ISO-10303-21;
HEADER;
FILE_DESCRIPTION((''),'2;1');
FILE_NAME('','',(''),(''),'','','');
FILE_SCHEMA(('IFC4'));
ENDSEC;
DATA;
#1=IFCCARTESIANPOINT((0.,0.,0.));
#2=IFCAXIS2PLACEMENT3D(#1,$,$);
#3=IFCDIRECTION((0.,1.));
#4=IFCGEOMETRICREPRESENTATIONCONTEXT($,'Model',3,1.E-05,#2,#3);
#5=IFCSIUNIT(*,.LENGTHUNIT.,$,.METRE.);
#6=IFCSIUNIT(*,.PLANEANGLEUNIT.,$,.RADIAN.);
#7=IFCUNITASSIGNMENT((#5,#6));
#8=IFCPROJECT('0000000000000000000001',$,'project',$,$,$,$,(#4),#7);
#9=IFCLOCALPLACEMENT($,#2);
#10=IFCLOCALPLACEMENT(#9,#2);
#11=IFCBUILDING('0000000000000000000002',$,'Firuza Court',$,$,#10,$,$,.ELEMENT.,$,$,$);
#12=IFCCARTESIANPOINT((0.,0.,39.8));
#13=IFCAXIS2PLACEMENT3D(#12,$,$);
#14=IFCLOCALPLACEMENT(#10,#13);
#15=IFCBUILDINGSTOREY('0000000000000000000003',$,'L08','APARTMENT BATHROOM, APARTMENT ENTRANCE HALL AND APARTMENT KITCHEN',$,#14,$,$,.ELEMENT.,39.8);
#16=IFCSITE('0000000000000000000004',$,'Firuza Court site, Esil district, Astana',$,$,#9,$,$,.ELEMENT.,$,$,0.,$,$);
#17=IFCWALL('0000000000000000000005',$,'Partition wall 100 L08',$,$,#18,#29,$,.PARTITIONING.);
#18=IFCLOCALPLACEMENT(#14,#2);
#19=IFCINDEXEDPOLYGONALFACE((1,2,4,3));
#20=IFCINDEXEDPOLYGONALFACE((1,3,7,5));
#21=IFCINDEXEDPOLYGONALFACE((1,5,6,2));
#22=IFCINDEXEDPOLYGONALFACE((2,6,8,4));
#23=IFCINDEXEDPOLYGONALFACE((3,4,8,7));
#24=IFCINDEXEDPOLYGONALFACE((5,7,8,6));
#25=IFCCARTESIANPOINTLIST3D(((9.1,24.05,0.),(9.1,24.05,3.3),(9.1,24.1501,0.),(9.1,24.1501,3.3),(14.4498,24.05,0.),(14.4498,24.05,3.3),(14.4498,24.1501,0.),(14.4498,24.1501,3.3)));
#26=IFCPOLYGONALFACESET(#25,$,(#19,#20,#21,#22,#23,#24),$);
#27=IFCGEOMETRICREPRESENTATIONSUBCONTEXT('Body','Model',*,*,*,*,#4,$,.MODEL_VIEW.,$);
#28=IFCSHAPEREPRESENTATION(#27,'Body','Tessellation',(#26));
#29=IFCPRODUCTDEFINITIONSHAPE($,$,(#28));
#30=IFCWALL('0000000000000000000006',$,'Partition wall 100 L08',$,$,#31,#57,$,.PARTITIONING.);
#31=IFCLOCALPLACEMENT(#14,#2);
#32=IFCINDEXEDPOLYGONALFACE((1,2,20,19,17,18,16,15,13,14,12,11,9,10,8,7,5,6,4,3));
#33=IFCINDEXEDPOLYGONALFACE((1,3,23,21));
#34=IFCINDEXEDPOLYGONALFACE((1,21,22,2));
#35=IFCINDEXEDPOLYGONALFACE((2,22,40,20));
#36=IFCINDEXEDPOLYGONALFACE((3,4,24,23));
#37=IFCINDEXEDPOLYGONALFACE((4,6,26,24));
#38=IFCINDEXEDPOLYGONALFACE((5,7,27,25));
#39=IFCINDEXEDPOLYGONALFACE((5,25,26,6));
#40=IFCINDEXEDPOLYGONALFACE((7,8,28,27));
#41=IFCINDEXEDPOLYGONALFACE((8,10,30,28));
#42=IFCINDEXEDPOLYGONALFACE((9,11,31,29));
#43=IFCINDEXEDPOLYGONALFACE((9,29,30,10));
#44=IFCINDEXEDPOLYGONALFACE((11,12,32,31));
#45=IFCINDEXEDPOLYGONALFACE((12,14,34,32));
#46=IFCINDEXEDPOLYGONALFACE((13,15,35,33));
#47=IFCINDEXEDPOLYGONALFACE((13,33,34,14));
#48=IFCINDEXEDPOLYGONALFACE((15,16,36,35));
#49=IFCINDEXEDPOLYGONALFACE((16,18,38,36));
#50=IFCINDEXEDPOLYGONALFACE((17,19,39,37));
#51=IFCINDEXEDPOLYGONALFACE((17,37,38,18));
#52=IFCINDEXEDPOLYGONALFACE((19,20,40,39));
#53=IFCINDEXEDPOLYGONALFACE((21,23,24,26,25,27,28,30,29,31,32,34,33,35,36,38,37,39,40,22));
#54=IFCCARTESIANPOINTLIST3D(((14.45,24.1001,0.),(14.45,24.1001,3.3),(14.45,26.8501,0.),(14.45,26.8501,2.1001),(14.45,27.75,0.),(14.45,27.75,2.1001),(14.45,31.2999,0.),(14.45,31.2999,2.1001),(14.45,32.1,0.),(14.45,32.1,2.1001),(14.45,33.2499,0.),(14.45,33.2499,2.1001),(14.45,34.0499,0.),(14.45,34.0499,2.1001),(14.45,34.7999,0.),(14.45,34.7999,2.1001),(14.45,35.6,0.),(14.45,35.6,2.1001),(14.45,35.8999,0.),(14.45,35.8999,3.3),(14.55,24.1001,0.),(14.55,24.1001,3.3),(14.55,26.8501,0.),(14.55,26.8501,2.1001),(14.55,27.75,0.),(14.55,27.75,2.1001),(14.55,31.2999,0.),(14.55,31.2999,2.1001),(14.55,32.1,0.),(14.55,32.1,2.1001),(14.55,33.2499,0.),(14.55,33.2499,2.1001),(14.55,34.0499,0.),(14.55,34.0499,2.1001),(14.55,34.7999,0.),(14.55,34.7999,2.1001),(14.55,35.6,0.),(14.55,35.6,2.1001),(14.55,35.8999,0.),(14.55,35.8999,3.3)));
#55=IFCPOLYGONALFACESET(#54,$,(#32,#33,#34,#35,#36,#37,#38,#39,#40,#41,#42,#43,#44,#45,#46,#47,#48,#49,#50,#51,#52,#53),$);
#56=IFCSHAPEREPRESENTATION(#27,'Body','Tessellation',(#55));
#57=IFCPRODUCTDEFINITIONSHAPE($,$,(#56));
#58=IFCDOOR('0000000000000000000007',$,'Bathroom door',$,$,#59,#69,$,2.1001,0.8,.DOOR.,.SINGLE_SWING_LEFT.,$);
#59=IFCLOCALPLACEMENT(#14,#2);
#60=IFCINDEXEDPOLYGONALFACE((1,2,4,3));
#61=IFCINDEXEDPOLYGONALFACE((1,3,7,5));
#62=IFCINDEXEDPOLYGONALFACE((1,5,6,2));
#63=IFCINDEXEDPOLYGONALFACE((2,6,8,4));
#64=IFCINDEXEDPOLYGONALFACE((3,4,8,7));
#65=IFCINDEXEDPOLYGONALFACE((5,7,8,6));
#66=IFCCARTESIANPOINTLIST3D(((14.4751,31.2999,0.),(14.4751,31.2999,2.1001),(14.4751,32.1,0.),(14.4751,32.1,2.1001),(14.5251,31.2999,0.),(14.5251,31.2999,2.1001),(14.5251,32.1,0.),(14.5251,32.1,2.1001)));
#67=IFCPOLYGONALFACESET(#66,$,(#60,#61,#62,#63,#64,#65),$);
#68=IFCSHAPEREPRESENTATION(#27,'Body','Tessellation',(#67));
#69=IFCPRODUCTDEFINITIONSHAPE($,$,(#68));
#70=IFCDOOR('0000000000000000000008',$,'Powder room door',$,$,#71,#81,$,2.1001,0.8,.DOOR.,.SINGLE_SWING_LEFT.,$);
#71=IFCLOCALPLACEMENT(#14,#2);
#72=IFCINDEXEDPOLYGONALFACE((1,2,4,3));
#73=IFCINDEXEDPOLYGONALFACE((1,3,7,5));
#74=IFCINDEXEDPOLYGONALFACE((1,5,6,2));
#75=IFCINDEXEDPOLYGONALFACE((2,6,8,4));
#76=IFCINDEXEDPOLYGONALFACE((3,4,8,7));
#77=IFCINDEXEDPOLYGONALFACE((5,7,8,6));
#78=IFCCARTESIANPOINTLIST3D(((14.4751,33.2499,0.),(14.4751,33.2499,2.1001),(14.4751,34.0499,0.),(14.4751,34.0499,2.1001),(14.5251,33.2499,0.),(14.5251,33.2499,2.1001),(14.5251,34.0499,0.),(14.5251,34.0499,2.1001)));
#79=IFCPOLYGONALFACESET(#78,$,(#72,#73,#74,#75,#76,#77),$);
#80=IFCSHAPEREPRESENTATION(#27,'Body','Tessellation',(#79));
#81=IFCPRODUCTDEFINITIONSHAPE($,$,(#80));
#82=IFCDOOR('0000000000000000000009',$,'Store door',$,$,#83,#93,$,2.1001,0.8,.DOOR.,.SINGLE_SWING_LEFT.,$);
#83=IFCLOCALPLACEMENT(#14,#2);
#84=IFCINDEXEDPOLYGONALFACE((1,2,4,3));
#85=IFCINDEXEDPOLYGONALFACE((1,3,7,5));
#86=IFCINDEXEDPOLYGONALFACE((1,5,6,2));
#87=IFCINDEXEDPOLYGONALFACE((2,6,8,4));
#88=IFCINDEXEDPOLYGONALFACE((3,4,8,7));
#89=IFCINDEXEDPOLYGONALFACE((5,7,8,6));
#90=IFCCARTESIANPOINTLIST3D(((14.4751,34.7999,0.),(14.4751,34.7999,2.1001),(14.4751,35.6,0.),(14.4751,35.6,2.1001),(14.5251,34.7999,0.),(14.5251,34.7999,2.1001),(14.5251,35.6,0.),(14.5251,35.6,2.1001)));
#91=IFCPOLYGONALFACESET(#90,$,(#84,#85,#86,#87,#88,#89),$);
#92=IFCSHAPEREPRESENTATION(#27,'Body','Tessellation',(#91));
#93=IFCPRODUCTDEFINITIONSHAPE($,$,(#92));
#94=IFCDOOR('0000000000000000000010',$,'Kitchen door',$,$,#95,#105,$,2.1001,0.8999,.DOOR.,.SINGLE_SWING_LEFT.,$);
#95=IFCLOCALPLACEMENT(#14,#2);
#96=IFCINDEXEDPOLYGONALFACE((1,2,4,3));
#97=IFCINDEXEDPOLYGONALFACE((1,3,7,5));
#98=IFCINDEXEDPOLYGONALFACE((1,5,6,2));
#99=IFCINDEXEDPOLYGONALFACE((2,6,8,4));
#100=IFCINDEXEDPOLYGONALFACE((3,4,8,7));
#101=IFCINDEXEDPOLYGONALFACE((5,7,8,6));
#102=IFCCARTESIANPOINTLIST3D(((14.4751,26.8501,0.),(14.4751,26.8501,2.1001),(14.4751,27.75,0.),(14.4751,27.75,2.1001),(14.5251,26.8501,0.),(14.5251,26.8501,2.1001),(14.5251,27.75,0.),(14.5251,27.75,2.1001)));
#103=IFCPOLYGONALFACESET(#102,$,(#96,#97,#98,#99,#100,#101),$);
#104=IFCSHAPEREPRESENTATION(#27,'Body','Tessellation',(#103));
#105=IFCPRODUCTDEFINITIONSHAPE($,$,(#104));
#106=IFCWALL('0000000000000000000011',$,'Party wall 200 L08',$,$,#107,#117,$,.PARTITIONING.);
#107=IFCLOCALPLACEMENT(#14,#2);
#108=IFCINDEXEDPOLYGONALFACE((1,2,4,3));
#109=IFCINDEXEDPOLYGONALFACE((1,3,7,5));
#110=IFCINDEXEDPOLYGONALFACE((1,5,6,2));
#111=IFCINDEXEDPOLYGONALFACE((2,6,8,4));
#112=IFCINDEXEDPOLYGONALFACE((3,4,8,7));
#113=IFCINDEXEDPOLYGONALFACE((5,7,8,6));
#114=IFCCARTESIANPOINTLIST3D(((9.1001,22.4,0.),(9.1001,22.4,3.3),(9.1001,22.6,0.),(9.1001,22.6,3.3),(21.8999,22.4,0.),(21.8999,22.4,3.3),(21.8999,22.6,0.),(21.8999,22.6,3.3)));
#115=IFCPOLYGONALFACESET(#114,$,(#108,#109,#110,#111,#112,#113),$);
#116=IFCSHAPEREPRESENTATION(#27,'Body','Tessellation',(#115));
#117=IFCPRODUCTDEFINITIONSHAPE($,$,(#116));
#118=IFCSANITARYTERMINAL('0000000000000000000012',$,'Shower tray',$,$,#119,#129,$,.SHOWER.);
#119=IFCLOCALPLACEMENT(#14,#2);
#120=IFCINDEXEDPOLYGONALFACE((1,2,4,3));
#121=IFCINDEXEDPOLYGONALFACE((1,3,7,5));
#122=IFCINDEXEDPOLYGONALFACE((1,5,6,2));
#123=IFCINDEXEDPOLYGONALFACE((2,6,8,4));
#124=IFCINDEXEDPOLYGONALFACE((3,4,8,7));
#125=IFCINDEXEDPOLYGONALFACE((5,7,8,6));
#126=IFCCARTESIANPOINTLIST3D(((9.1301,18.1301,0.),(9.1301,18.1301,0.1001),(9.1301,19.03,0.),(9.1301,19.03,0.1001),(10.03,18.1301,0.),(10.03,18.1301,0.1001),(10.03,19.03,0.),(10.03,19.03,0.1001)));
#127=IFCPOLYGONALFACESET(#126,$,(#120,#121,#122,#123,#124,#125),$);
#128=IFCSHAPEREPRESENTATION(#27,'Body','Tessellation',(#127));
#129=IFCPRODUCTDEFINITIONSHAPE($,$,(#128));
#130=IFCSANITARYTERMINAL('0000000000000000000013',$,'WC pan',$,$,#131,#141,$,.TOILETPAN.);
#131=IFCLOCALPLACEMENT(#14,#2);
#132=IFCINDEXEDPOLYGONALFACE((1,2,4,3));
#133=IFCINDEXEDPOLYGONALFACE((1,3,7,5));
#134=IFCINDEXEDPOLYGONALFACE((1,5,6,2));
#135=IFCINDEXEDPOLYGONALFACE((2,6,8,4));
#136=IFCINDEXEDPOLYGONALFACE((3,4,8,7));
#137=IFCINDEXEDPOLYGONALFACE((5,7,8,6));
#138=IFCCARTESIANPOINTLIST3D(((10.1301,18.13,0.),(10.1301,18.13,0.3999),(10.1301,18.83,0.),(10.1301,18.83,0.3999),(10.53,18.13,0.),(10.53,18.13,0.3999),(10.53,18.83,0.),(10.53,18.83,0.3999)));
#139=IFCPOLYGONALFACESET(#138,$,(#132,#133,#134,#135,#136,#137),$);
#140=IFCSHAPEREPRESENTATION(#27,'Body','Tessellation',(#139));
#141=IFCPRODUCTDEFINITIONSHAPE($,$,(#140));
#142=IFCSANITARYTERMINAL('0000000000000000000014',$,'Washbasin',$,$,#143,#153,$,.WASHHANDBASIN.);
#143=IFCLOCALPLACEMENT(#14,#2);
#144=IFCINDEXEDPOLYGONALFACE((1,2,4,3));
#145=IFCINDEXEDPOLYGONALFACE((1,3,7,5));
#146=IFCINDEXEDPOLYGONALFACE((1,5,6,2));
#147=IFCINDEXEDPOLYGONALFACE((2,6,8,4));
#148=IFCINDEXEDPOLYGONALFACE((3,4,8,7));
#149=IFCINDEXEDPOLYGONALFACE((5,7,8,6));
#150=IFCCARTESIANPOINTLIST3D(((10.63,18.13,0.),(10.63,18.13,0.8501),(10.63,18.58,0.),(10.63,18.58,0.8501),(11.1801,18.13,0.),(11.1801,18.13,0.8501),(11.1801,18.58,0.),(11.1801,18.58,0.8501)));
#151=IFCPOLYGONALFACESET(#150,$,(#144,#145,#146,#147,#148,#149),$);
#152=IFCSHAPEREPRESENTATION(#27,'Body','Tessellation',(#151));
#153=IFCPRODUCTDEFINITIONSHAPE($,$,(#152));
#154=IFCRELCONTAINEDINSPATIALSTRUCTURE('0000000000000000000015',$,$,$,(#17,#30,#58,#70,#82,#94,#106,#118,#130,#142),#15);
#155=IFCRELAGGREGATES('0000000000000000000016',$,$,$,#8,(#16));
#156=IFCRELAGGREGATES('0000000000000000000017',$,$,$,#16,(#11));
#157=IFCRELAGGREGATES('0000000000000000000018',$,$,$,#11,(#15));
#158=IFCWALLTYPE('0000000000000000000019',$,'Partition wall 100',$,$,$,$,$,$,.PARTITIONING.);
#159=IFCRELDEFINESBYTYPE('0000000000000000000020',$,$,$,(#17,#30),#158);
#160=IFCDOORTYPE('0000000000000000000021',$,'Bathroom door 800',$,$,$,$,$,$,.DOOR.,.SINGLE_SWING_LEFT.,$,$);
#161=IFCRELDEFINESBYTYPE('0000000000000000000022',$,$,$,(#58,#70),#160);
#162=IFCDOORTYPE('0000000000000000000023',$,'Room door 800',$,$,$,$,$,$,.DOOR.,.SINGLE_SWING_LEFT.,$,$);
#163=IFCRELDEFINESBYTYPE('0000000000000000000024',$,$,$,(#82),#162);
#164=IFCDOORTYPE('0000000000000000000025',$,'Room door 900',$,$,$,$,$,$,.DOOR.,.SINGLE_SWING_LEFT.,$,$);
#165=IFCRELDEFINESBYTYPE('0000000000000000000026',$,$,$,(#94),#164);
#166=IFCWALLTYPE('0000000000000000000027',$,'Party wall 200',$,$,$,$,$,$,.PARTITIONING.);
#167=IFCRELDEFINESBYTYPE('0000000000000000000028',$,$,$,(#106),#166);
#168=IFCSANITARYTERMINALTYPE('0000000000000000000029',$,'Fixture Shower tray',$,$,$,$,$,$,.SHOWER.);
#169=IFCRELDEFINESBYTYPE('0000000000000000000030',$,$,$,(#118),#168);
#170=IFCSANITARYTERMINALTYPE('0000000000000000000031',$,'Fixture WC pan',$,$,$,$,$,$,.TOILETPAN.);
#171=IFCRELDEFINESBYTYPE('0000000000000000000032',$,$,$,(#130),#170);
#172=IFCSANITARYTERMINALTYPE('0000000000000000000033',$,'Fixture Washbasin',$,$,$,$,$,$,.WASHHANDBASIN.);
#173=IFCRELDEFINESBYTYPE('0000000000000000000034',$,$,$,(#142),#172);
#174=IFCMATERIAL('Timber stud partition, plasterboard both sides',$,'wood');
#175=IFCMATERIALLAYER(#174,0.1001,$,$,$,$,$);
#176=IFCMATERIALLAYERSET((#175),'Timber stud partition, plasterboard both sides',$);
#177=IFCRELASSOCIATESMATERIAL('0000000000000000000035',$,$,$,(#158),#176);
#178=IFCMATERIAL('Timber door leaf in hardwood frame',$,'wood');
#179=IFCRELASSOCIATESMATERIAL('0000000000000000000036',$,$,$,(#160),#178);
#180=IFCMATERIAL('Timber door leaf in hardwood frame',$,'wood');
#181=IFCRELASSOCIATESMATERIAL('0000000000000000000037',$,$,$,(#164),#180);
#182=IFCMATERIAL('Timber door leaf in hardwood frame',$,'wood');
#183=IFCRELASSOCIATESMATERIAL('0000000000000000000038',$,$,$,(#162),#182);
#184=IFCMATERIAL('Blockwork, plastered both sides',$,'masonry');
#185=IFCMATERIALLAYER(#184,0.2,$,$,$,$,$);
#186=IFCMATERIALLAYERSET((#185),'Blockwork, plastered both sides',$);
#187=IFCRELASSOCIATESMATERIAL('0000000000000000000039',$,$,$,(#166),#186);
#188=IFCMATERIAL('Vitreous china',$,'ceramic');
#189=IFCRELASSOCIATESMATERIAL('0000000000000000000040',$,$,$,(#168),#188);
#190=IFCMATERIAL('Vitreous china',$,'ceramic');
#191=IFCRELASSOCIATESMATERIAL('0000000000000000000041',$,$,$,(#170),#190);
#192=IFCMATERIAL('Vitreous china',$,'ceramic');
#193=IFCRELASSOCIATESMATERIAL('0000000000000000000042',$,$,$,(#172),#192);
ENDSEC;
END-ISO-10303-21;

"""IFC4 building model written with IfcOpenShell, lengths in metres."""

from ifc_helpers import new_model, si_unit, direction, frame, frame_2d, origin, origin_2d, place, context, subcontext, project, spatial, rectangle, extrude, material, layer, layer_set, type_object, element, fill, save


model = new_model("IFC4")

# Units and contexts
model_context = context("Model", 3, precision=1e-05, world=origin(), true_north=direction((0.0, 1.0)))
body_context = subcontext(model_context, "Body", "Model", "MODEL_VIEW")
ifc_project = project(units=[si_unit("LENGTHUNIT", "METRE"), si_unit("PLANEANGLEUNIT", "RADIAN")], contexts=[model_context])

# Site, building, storey
site_placement = place(None, origin())
site = spatial("IfcSite", under=ifc_project, at=site_placement, Name="Firuza Court site, Esil district, Astana", CompositionType="ELEMENT", RefElevation=0.0)
building_placement = place(site_placement, origin())
building = spatial("IfcBuilding", under=site, at=building_placement, Name="Firuza Court", CompositionType="ELEMENT")
storey_placement = place(building_placement, frame((0.0, 0.0, 39.8)))
storey = spatial("IfcBuildingStorey", under=building, at=storey_placement, Name="L08", Description="APARTMENT BATHROOM, APARTMENT ENTRANCE HALL AND APARTMENT KITCHEN", CompositionType="ELEMENT", Elevation=39.8)

# Shared definitions
ifc_material_1 = material(Name="Timber stud partition, plasterboard both sides", Category="wood")
ifc_layer_1 = layer(ifc_material_1, 0.1001)
ifc_layer_set_1 = layer_set([ifc_layer_1], Name="Timber stud partition, plasterboard both sides")
wall_type_1 = type_object("IfcWallType", Name="Partition wall 100", PredefinedType="PARTITIONING", material=ifc_layer_set_1)
ifc_material_2 = material(Name="Timber door leaf in hardwood frame", Category="wood")
door_type_1 = type_object("IfcDoorType", Name="Bathroom door 800", OperationType="SINGLE_SWING_LEFT", PredefinedType="DOOR", material=ifc_material_2)
ifc_material_3 = material(Name="Timber door leaf in hardwood frame", Category="wood")
door_type_2 = type_object("IfcDoorType", Name="Room door 900", OperationType="SINGLE_SWING_LEFT", PredefinedType="DOOR", material=ifc_material_3)

# Shared definitions
ifc_material_4 = material(Name="Timber door leaf in hardwood frame", Category="wood")
door_type_3 = type_object("IfcDoorType", Name="Room door 800", OperationType="SINGLE_SWING_LEFT", PredefinedType="DOOR", material=ifc_material_4)

# Wall
wall_1_placement = place(storey_placement, frame((9.1001, 24.1001, 0.0), z_axis=(0.0, 0.0, 1.0), x_axis=(1.0, 0.0, 0.0)))
element("IfcWall", 1, at=wall_1_placement, inside=storey, type_object=wall_type_1, Name="Partition wall 100 L08", PredefinedType="PARTITIONING", context=body_context, shape_type="SweptSolid", body=[
    extrude(rectangle(XDim=5.3499, YDim=0.1001, at=frame_2d((2.6748, 0.0))), origin(), (0.0, 0.0, 1.0), 3.3),
])

# Wall, openings, doors
wall_2_placement = place(storey_placement, frame((14.5, 24.1001, 0.0), z_axis=(0.0, 0.0, 1.0), x_axis=(0.0, 1.0, 0.0)))
wall_2 = element("IfcWall", 2, at=wall_2_placement, inside=storey, type_object=wall_type_1, Name="Partition wall 100 L08", PredefinedType="PARTITIONING", context=body_context, shape_type="SweptSolid", body=[
    extrude(rectangle(XDim=11.7998, YDim=0.1001, at=frame_2d((5.8999, 0.0))), origin(), (0.0, 0.0, 1.0), 3.3),
])
opening_1_placement = place(wall_2_placement, frame((7.2, 0.0, 0.0)))
opening_1 = element("IfcOpeningElement", 3, at=opening_1_placement, cuts=wall_2, PredefinedType="OPENING", context=body_context, shape_type="SweptSolid", body=[
    extrude(rectangle(XDim=0.8, YDim=2.1001, at=frame_2d((0.3999, 1.05))), frame((0.0, 0.062, 0.0), z_axis=(0.0, -1.0, 0.0), x_axis=(1.0, 0.0, 0.0)), (0.0, 0.0, 1.0), 0.124),
])
opening_2_placement = place(wall_2_placement, frame((2.75, 0.0, 0.0)))
opening_2 = element("IfcOpeningElement", 4, at=opening_2_placement, cuts=wall_2, PredefinedType="OPENING", context=body_context, shape_type="SweptSolid", body=[
    extrude(rectangle(XDim=0.8999, YDim=2.1001, at=frame_2d((0.45, 1.05))), frame((0.0, 0.062, 0.0), z_axis=(0.0, -1.0, 0.0), x_axis=(1.0, 0.0, 0.0)), (0.0, 0.0, 1.0), 0.124),
])
opening_3_placement = place(wall_2_placement, frame((10.7, 0.0, 0.0)))
opening_3 = element("IfcOpeningElement", 5, at=opening_3_placement, cuts=wall_2, PredefinedType="OPENING", context=body_context, shape_type="SweptSolid", body=[
    extrude(rectangle(XDim=0.8, YDim=2.1001, at=frame_2d((0.3999, 1.05))), frame((0.0, 0.062, 0.0), z_axis=(0.0, -1.0, 0.0), x_axis=(1.0, 0.0, 0.0)), (0.0, 0.0, 1.0), 0.124),
])
opening_4_placement = place(wall_2_placement, frame((9.1499, 0.0, 0.0)))
opening_4 = element("IfcOpeningElement", 6, at=opening_4_placement, cuts=wall_2, PredefinedType="OPENING", context=body_context, shape_type="SweptSolid", body=[
    extrude(rectangle(XDim=0.8, YDim=2.1001, at=frame_2d((0.3999, 1.05))), frame((0.0, 0.062, 0.0), z_axis=(0.0, -1.0, 0.0), x_axis=(1.0, 0.0, 0.0)), (0.0, 0.0, 1.0), 0.124),
])
door_1_placement = place(opening_1_placement, origin())
door_1 = element("IfcDoor", 7, at=door_1_placement, inside=storey, type_object=door_type_1, Name="Bathroom door", OperationType="SINGLE_SWING_LEFT", OverallHeight=2.1001, OverallWidth=0.8, PredefinedType="DOOR", context=body_context, shape_type="SweptSolid", body=[
    extrude(rectangle(XDim=0.8, YDim=2.1001, at=frame_2d((0.3999, 1.05))), frame((0.0, 0.0249, 0.0), z_axis=(0.0, -1.0, 0.0), x_axis=(1.0, 0.0, 0.0)), (0.0, 0.0, 1.0), 0.05),
])
fill(opening_1, door_1)
door_2_placement = place(opening_4_placement, origin())
door_2 = element("IfcDoor", 8, at=door_2_placement, inside=storey, type_object=door_type_1, Name="Powder room door", OperationType="SINGLE_SWING_LEFT", OverallHeight=2.1001, OverallWidth=0.8, PredefinedType="DOOR", context=body_context, shape_type="SweptSolid", body=[
    extrude(rectangle(XDim=0.8, YDim=2.1001, at=frame_2d((0.3999, 1.05))), frame((0.0, 0.0249, 0.0), z_axis=(0.0, -1.0, 0.0), x_axis=(1.0, 0.0, 0.0)), (0.0, 0.0, 1.0), 0.05),
])
fill(opening_4, door_2)
door_3_placement = place(opening_3_placement, origin())
door_3 = element("IfcDoor", 9, at=door_3_placement, inside=storey, type_object=door_type_3, Name="Store door", OperationType="SINGLE_SWING_LEFT", OverallHeight=2.1001, OverallWidth=0.8, PredefinedType="DOOR", context=body_context, shape_type="SweptSolid", body=[
    extrude(rectangle(XDim=0.8, YDim=2.1001, at=frame_2d((0.3999, 1.05))), frame((0.0, 0.0249, 0.0), z_axis=(0.0, -1.0, 0.0), x_axis=(1.0, 0.0, 0.0)), (0.0, 0.0, 1.0), 0.05),
])
fill(opening_3, door_3)
door_4_placement = place(opening_2_placement, origin())
door_4 = element("IfcDoor", 10, at=door_4_placement, inside=storey, type_object=door_type_2, Name="Kitchen door", OperationType="SINGLE_SWING_LEFT", OverallHeight=2.1001, OverallWidth=0.8999, PredefinedType="DOOR", context=body_context, shape_type="SweptSolid", body=[
    extrude(rectangle(XDim=0.8999, YDim=2.1001, at=frame_2d((0.45, 1.05))), frame((0.0, 0.0249, 0.0), z_axis=(0.0, -1.0, 0.0), x_axis=(1.0, 0.0, 0.0)), (0.0, 0.0, 1.0), 0.05),
])
fill(opening_2, door_4)

# Wall
ifc_material_5 = material(Name="Blockwork, plastered both sides", Category="masonry")
ifc_layer_2 = layer(ifc_material_5, 0.2)
ifc_layer_set_2 = layer_set([ifc_layer_2], Name="Blockwork, plastered both sides")
wall_type_2 = type_object("IfcWallType", Name="Party wall 200", PredefinedType="PARTITIONING", material=ifc_layer_set_2)
wall_3_placement = place(storey_placement, frame((9.1001, 22.5, 0.0), z_axis=(0.0, 0.0, 1.0), x_axis=(1.0, 0.0, 0.0)))
element("IfcWall", 11, at=wall_3_placement, inside=storey, type_object=wall_type_2, Name="Party wall 200 L08", PredefinedType="PARTITIONING", context=body_context, shape_type="SweptSolid", body=[
    extrude(rectangle(XDim=12.7998, YDim=0.2, at=frame_2d((6.3999, 0.0))), origin(), (0.0, 0.0, 1.0), 3.3),
])

# Sanitary terminals
ifc_material_6 = material(Name="Vitreous china", Category="ceramic")
sanitary_terminal_type_1 = type_object("IfcSanitaryTerminalType", Name="Fixture Shower tray", PredefinedType="SHOWER", material=ifc_material_6)
sanitary_terminal_1_placement = place(storey_placement, frame((9.5801, 18.5801, 0.0), z_axis=(0.0, 0.0, 1.0), x_axis=(1.0, 0.0, 0.0)))
element("IfcSanitaryTerminal", 12, at=sanitary_terminal_1_placement, inside=storey, type_object=sanitary_terminal_type_1, Name="Shower tray", PredefinedType="SHOWER", context=body_context, shape_type="SweptSolid", body=[
    extrude(rectangle(XDim=0.8999, YDim=0.8999, at=origin_2d()), origin(), (0.0, 0.0, 1.0), 0.1001),
])
ifc_material_7 = material(Name="Vitreous china", Category="ceramic")
sanitary_terminal_type_2 = type_object("IfcSanitaryTerminalType", Name="Fixture WC pan", PredefinedType="TOILETPAN", material=ifc_material_7)
sanitary_terminal_2_placement = place(storey_placement, frame((10.3301, 18.48, 0.0), z_axis=(0.0, 0.0, 1.0), x_axis=(1.0, 0.0, 0.0)))
element("IfcSanitaryTerminal", 13, at=sanitary_terminal_2_placement, inside=storey, type_object=sanitary_terminal_type_2, Name="WC pan", PredefinedType="TOILETPAN", context=body_context, shape_type="SweptSolid", body=[
    extrude(rectangle(XDim=0.3999, YDim=0.7, at=origin_2d()), origin(), (0.0, 0.0, 1.0), 0.3999),
])
ifc_material_8 = material(Name="Vitreous china", Category="ceramic")
sanitary_terminal_type_3 = type_object("IfcSanitaryTerminalType", Name="Fixture Washbasin", PredefinedType="WASHHANDBASIN", material=ifc_material_8)
sanitary_terminal_3_placement = place(storey_placement, frame((10.905, 18.355, 0.0), z_axis=(0.0, 0.0, 1.0), x_axis=(1.0, 0.0, 0.0)))
element("IfcSanitaryTerminal", 14, at=sanitary_terminal_3_placement, inside=storey, type_object=sanitary_terminal_type_3, Name="Washbasin", PredefinedType="WASHHANDBASIN", context=body_context, shape_type="SweptSolid", body=[
    extrude(rectangle(XDim=0.55, YDim=0.45, at=origin_2d()), origin(), (0.0, 0.0, 1.0), 0.8501),
])

save(model, "model.ifc")
